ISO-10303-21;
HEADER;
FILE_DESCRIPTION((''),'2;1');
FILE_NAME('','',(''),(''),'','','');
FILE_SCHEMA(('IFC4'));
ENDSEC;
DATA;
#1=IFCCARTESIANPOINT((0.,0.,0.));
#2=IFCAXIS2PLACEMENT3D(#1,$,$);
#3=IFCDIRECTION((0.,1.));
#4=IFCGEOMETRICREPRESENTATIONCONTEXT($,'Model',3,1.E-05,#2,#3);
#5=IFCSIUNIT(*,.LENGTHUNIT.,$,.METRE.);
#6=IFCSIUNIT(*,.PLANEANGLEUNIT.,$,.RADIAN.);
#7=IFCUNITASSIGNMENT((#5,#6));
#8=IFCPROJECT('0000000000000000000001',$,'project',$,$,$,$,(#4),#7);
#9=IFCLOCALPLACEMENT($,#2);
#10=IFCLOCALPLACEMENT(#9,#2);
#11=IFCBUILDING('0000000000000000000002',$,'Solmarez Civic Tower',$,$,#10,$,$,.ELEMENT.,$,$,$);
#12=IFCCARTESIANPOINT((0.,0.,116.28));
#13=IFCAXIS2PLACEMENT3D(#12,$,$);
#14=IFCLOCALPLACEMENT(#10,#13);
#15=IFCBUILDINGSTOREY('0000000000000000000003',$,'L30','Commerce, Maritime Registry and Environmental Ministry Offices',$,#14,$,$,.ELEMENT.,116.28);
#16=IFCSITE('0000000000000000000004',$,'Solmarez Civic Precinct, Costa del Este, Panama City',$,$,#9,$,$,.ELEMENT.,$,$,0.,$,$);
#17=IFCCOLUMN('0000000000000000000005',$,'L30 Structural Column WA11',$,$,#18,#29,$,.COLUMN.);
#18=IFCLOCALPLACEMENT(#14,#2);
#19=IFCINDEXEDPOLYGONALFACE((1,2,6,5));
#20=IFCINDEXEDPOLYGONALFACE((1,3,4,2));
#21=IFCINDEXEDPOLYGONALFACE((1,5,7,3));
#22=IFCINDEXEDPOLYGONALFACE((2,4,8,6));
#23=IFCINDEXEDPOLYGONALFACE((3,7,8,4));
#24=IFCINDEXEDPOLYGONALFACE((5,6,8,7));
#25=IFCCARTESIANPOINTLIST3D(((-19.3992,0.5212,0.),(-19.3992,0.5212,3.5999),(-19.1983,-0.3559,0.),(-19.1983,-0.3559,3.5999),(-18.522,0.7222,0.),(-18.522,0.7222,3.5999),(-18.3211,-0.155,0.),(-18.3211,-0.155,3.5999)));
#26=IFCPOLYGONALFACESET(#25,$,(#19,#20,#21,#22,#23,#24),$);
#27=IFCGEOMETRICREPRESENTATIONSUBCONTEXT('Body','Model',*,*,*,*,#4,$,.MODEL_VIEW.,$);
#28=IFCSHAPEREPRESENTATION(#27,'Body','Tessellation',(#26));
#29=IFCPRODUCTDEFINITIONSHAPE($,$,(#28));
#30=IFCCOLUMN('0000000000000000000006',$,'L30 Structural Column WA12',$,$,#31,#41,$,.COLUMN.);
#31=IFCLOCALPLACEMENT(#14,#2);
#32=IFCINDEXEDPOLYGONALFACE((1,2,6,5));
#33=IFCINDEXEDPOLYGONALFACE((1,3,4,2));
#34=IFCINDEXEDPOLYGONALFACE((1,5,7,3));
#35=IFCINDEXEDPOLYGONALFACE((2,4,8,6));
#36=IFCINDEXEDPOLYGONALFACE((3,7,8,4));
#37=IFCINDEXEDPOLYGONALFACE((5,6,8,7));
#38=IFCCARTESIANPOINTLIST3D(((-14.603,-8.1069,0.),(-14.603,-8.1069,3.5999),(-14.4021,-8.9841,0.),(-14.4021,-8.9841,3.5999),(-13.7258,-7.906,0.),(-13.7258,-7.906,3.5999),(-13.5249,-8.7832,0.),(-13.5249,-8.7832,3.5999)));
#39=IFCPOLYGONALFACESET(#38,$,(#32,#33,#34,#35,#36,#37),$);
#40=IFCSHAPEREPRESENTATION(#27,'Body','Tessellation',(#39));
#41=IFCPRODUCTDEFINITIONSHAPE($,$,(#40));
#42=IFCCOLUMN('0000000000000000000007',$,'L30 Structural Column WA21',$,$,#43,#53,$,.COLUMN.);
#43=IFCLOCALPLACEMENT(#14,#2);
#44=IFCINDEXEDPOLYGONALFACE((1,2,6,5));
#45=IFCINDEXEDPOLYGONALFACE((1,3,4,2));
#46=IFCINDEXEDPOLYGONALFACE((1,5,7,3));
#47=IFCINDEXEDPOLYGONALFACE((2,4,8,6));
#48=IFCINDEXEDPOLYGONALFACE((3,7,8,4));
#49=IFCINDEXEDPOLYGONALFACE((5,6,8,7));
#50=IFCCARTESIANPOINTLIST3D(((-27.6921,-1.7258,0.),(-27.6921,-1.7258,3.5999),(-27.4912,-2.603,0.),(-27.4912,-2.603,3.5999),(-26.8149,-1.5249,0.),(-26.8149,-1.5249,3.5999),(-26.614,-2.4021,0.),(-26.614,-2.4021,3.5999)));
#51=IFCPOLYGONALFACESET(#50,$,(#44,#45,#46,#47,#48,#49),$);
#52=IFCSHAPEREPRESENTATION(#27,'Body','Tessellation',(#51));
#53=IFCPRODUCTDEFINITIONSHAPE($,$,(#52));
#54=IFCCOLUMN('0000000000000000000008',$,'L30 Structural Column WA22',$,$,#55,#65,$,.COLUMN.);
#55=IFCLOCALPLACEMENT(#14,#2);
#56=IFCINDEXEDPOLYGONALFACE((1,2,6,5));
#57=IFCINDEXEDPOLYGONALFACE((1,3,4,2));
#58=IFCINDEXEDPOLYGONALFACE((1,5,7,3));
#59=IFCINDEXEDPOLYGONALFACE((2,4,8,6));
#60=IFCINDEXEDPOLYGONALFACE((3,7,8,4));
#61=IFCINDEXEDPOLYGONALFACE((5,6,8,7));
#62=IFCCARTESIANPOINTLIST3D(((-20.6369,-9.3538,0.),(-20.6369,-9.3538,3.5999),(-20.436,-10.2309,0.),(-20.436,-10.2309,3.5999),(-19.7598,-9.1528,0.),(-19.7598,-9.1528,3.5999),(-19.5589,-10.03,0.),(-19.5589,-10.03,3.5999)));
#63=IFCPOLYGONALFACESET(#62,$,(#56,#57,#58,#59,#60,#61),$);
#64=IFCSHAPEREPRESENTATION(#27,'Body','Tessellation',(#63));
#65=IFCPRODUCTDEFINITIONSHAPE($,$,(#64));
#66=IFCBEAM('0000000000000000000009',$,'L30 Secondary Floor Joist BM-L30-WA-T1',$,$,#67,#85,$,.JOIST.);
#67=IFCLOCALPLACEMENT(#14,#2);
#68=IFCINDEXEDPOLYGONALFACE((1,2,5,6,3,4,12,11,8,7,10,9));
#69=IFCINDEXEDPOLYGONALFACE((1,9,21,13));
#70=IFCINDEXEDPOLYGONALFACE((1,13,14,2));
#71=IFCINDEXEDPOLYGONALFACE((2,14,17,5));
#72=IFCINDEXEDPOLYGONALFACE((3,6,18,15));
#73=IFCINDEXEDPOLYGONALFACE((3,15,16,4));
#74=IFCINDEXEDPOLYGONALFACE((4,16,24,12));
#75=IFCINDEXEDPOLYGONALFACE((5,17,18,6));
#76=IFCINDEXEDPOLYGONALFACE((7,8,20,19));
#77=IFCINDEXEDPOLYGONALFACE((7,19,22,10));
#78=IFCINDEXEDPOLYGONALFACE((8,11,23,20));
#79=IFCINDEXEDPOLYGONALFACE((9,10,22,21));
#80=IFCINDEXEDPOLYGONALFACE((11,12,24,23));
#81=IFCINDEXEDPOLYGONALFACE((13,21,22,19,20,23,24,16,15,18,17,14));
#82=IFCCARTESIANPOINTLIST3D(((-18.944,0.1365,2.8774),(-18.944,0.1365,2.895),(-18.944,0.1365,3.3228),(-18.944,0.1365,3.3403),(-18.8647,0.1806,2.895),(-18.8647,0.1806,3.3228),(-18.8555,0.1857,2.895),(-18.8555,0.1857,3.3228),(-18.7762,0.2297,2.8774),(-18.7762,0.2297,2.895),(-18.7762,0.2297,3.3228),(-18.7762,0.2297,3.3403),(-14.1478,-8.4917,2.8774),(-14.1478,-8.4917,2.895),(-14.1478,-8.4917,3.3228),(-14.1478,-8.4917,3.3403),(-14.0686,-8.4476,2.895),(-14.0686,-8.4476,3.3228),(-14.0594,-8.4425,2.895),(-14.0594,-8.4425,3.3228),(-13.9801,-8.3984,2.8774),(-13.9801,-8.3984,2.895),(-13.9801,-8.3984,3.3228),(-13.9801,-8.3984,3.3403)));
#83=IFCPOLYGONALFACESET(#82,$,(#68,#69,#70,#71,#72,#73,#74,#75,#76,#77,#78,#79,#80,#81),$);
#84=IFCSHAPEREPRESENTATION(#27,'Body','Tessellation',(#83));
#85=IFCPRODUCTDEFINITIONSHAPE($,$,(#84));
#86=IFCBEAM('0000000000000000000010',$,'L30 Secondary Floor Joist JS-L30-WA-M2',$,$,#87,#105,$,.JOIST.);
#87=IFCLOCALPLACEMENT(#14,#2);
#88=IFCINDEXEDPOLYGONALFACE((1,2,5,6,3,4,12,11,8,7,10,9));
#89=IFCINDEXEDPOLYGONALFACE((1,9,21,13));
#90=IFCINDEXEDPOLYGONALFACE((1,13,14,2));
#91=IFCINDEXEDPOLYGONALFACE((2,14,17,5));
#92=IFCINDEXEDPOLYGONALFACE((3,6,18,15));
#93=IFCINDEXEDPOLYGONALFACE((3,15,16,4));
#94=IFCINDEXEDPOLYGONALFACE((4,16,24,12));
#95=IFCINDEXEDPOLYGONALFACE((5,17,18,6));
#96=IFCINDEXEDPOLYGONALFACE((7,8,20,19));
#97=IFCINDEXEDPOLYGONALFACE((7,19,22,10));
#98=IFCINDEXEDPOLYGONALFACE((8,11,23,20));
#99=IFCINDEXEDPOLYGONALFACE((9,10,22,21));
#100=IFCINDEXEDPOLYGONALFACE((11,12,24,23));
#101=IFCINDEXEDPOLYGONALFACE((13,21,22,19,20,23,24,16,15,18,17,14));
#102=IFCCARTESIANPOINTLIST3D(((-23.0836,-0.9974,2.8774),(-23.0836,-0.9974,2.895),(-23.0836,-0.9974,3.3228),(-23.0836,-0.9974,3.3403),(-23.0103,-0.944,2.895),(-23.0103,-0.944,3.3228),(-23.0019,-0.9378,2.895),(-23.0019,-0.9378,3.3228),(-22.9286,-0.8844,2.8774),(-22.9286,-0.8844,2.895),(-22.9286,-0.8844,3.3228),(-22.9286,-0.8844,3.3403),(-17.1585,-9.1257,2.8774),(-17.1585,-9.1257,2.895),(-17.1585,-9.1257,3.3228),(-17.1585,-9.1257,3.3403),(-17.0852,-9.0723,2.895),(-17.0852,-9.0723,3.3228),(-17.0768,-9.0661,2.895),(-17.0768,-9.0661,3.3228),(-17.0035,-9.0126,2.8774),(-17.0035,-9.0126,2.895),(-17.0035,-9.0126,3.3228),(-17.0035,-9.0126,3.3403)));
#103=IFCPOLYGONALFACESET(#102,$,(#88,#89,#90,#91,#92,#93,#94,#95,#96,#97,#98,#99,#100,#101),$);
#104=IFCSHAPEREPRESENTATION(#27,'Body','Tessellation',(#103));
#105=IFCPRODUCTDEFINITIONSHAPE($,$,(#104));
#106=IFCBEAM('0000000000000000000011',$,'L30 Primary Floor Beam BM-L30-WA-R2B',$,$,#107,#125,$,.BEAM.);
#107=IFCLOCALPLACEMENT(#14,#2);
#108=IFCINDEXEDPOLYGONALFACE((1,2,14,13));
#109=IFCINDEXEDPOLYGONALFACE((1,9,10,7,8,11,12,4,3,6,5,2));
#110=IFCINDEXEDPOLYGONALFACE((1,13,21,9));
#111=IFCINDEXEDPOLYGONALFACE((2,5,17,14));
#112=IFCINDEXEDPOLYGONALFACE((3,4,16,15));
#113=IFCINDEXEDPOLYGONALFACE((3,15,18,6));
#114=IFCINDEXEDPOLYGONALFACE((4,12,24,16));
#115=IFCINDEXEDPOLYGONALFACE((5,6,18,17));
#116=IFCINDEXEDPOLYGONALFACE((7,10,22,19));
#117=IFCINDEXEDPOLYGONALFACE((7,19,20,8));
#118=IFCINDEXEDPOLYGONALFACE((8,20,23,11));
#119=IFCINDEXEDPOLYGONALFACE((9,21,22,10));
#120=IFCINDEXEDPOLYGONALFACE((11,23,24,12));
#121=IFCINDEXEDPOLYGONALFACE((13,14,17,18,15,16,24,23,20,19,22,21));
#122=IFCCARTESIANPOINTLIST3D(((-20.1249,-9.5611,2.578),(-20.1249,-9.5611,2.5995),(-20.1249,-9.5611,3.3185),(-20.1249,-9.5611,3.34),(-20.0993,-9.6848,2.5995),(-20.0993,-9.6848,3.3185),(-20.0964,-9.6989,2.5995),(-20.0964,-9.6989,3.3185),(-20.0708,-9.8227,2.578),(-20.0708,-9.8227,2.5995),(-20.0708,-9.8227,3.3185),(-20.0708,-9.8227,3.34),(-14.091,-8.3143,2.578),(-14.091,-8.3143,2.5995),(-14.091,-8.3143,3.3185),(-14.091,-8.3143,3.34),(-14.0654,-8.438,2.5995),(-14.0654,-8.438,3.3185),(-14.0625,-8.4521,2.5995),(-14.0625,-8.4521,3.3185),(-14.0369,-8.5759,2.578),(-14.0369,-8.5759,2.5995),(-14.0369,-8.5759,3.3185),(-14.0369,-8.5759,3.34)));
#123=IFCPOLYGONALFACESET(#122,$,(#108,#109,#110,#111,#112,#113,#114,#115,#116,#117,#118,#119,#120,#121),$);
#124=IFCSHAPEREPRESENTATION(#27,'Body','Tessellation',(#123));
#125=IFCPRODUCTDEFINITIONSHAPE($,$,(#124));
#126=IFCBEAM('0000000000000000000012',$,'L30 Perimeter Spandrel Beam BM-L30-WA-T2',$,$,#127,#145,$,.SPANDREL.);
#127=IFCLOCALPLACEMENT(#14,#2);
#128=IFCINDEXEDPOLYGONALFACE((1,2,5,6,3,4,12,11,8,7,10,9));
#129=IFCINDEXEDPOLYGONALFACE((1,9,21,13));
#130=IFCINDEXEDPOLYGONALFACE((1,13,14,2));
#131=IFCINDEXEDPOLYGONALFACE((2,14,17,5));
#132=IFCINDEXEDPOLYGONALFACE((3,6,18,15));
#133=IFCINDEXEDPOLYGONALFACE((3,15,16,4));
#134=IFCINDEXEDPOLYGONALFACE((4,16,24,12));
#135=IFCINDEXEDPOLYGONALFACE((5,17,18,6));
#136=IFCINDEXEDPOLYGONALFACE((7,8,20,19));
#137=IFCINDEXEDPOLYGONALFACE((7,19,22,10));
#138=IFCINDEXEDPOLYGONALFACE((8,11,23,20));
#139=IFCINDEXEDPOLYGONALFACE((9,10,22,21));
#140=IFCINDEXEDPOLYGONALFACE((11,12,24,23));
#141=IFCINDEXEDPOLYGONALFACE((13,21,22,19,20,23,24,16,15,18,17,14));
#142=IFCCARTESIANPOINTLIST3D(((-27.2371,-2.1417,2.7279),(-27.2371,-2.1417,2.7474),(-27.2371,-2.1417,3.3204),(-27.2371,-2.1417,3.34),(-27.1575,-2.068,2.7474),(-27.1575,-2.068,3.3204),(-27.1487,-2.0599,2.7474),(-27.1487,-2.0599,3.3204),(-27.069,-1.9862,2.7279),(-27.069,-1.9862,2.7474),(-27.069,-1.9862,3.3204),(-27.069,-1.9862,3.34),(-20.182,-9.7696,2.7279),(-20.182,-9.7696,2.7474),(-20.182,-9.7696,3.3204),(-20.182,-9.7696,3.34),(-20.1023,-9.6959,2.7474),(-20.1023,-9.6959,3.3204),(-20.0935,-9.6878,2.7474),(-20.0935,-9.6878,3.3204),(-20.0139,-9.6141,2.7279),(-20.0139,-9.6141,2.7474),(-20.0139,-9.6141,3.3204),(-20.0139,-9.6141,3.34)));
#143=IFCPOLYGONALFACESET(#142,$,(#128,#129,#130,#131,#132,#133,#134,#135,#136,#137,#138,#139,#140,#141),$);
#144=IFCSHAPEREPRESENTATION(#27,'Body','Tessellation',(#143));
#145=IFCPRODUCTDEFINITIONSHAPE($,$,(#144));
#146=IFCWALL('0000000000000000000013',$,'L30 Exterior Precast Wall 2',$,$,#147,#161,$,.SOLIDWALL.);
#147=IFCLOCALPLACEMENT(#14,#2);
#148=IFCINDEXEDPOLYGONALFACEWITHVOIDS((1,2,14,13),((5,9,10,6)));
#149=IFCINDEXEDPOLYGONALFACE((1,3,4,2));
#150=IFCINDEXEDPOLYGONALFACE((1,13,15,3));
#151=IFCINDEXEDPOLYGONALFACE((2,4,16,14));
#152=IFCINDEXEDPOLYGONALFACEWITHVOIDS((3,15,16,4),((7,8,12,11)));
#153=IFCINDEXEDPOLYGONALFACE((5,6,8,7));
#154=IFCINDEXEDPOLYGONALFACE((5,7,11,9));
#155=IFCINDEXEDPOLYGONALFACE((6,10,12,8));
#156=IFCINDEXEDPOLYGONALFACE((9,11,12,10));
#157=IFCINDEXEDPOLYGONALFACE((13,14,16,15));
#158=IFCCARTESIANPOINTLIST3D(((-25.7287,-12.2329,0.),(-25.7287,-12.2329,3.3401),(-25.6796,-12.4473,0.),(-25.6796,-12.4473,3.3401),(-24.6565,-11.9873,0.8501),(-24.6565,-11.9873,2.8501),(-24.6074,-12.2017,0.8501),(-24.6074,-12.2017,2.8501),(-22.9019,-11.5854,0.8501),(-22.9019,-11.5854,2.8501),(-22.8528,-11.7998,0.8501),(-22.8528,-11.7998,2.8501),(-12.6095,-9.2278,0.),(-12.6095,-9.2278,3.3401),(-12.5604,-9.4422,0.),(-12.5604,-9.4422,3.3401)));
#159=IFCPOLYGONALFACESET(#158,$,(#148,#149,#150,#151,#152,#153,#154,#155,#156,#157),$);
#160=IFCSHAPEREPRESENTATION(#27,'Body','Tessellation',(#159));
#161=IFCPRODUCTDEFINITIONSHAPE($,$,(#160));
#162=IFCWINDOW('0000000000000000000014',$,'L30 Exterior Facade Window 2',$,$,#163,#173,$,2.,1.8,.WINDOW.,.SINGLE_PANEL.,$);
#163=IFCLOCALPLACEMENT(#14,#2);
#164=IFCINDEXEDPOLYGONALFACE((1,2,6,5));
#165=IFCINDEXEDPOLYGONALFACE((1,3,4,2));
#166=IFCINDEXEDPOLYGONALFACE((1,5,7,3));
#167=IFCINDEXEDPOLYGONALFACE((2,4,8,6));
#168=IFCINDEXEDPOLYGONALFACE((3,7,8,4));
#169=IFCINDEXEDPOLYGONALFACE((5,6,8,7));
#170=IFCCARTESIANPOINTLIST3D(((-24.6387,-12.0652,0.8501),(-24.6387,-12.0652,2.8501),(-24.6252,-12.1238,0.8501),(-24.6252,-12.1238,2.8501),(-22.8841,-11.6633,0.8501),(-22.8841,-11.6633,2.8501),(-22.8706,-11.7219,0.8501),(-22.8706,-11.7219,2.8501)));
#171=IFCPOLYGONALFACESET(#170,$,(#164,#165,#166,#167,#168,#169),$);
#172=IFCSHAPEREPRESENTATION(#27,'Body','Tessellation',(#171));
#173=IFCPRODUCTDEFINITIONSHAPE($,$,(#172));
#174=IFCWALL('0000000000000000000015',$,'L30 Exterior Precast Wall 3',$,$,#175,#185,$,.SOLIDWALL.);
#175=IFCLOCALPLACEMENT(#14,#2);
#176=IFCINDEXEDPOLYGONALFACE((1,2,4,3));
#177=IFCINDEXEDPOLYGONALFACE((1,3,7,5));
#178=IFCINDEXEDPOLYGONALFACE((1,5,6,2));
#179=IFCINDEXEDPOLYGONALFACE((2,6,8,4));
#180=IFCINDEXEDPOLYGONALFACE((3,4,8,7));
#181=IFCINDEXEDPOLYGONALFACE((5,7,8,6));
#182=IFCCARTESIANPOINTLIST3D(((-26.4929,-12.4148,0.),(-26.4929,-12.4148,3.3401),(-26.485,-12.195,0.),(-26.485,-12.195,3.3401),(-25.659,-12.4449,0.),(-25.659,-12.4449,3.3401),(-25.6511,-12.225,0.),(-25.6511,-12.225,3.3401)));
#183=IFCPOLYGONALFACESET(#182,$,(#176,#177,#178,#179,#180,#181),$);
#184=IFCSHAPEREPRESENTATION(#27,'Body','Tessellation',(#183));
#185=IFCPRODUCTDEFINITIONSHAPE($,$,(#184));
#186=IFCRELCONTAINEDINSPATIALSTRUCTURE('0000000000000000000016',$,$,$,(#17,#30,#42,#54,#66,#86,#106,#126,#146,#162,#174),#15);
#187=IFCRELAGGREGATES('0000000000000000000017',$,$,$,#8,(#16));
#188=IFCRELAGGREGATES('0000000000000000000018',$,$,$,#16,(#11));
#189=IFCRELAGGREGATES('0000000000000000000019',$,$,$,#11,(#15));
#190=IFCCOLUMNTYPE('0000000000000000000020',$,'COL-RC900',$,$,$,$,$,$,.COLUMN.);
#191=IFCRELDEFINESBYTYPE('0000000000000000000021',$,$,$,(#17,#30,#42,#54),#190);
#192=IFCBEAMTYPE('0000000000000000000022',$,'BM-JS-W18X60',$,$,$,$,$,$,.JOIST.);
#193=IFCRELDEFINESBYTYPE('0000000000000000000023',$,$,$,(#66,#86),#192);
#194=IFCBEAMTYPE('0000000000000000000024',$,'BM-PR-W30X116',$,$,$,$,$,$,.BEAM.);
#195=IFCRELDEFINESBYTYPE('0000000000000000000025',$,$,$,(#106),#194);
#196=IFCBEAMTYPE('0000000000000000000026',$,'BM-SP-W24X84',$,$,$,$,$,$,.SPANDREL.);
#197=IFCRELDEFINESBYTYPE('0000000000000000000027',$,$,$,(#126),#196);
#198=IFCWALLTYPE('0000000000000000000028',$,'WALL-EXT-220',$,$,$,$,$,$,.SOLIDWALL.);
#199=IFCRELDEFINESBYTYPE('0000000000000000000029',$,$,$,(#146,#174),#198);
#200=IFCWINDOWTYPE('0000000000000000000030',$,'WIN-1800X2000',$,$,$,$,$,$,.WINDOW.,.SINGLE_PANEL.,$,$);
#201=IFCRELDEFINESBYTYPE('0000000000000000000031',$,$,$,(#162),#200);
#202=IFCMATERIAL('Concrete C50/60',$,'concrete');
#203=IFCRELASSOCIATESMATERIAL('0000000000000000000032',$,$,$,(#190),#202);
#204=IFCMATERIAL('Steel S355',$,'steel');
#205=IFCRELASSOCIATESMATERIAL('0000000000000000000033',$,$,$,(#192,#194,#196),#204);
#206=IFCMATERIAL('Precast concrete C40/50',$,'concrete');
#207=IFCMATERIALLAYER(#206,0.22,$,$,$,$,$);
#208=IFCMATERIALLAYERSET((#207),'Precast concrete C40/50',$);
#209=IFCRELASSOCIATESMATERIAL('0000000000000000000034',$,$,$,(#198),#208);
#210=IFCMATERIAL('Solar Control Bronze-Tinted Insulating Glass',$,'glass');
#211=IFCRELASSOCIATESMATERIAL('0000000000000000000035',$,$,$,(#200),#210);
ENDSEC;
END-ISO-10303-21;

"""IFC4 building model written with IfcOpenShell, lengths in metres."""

from ifc_helpers import new_model, si_unit, direction, frame, frame_2d, origin, origin_2d, place, context, subcontext, project, spatial, rectangle, i_section, extrude, material, layer, layer_set, material_profile, profile_set, type_object, element, fill, save


model = new_model("IFC4")

# Units and contexts
model_context = context("Model", 3, precision=1e-05, world=origin(), true_north=direction((0.0, 1.0)))
body_context = subcontext(model_context, "Body", "Model", "MODEL_VIEW")
ifc_project = project(units=[si_unit("LENGTHUNIT", "METRE"), si_unit("PLANEANGLEUNIT", "RADIAN")], contexts=[model_context])

# Site, building, storey
site_placement = place(None, origin())
site = spatial("IfcSite", under=ifc_project, at=site_placement, Name="Solmarez Civic Precinct, Costa del Este, Panama City", CompositionType="ELEMENT", RefElevation=0.0)
building_placement = place(site_placement, origin())
building = spatial("IfcBuilding", under=site, at=building_placement, Name="Solmarez Civic Tower", CompositionType="ELEMENT")
storey_placement = place(building_placement, frame((0.0, 0.0, 116.28)))
storey = spatial("IfcBuildingStorey", under=building, at=storey_placement, Name="L30", Description="Commerce, Maritime Registry and Environmental Ministry Offices", CompositionType="ELEMENT", Elevation=116.28)

# Columns
ifc_material_1 = material(Name="Concrete C50/60", Category="concrete")
ifc_material_profile_1 = material_profile(ifc_material_1, rectangle(XDim=0.8999, YDim=0.8999, at=origin_2d()), Name="RC900X900")
ifc_profile_set_1 = profile_set([ifc_material_profile_1], Name="Concrete C50/60")
column_type = type_object("IfcColumnType", Name="COL-RC900", PredefinedType="COLUMN", material=ifc_profile_set_1)
for number, where, z_axis, x_axis, name in (
    (1, (-18.8601, 0.1831, 0.0), (0.0, 0.0, 1.0), (0.974761, 0.22325, 0.0), "L30 Structural Column WA11"),
    (2, (-14.064, -8.4451, 0.0), (0.0, 0.0, 1.0), (0.974761, 0.22325, 0.0), "L30 Structural Column WA12"),
    (3, (-27.1531, -2.064, 0.0), (0.0, 0.0, 1.0), (0.974761, 0.22325, 0.0), "L30 Structural Column WA21"),
    (4, (-20.0979, -9.6919, 0.0), (0.0, 0.0, 1.0), (0.974761, 0.22325, 0.0), "L30 Structural Column WA22"),
):
    element("IfcColumn", number, at=place(storey_placement, frame(where, z_axis=z_axis, x_axis=x_axis)), inside=storey, type_object=column_type, Name=name, PredefinedType="COLUMN", context=body_context, shape_type="SweptSolid", body=[
        extrude(rectangle(XDim=0.8999, YDim=0.8999, at=origin_2d()), origin(), (0.0, 0.0, 1.0), 3.5999),
    ])

# Beams
ifc_material_2 = material(Name="Steel S355", Category="steel")
ifc_material_profile_2 = material_profile(ifc_material_2, i_section(OverallWidth=0.1919, OverallDepth=0.4629, WebThickness=0.0105, FlangeThickness=0.0176, at=origin_2d()), Name="W18X60")
ifc_profile_set_2 = profile_set([ifc_material_profile_2], Name="Steel S355")
beam_type_1 = type_object("IfcBeamType", Name="BM-JS-W18X60", PredefinedType="JOIST", material=ifc_profile_set_2)
beam_1_placement = place(storey_placement, frame((-18.8601, 0.1831, 3.1089), z_axis=(0.485853, -0.874041, 0.0), x_axis=(0.874041, 0.485853, 0.0)))
element("IfcBeam", 5, at=beam_1_placement, inside=storey, type_object=beam_type_1, Name="L30 Secondary Floor Joist BM-L30-WA-T1", PredefinedType="JOIST", context=body_context, shape_type="SweptSolid", body=[
    extrude(i_section(OverallWidth=0.1919, OverallDepth=0.4629, WebThickness=0.0105, FlangeThickness=0.0176, at=origin_2d()), origin(), (0.0, 0.0, 1.0), 9.8716),
])
beam_2_placement = place(storey_placement, frame((-23.0061, -0.9409, 3.1089), z_axis=(0.589059, -0.80809, 0.0), x_axis=(0.80809, 0.589059, 0.0)))
element("IfcBeam", 6, at=beam_2_placement, inside=storey, type_object=beam_type_1, Name="L30 Secondary Floor Joist JS-L30-WA-M2", PredefinedType="JOIST", context=body_context, shape_type="SweptSolid", body=[
    extrude(i_section(OverallWidth=0.1919, OverallDepth=0.4629, WebThickness=0.0105, FlangeThickness=0.0176, at=origin_2d()), origin(), (0.0, 0.0, 1.0), 10.0586),
])
ifc_material_profile_3 = material_profile(ifc_material_2, i_section(OverallWidth=0.2671, OverallDepth=0.762, WebThickness=0.0144, FlangeThickness=0.0215, at=origin_2d()), Name="W30X116")
ifc_profile_set_3 = profile_set([ifc_material_profile_3], Name="Steel S355")
beam_type_2 = type_object("IfcBeamType", Name="BM-PR-W30X116", PredefinedType="BEAM", material=ifc_profile_set_3)
beam_3_placement = place(storey_placement, frame((-14.064, -8.4451, 2.959), z_axis=(-0.979311, -0.202361, 0.0), x_axis=(0.202361, -0.979311, 0.0)))
element("IfcBeam", 7, at=beam_3_placement, inside=storey, type_object=beam_type_2, Name="L30 Primary Floor Beam BM-L30-WA-R2B", PredefinedType="BEAM", context=body_context, shape_type="SweptSolid", body=[
    extrude(i_section(OverallWidth=0.2671, OverallDepth=0.762, WebThickness=0.0144, FlangeThickness=0.0215, at=origin_2d()), origin(), (0.0, 0.0, 1.0), 6.1614),
])
ifc_material_profile_4 = material_profile(ifc_material_2, i_section(OverallWidth=0.229, OverallDepth=0.6121, WebThickness=0.012, FlangeThickness=0.0195, at=origin_2d()), Name="W24X84")
ifc_profile_set_4 = profile_set([ifc_material_profile_4], Name="Steel S355")
beam_type_3 = type_object("IfcBeamType", Name="BM-SP-W24X84", PredefinedType="SPANDREL", material=ifc_profile_set_4)
beam_4_placement = place(storey_placement, frame((-27.1531, -2.064, 3.0339), z_axis=(0.679008, -0.734131, 0.0), x_axis=(0.734131, 0.679008, 0.0)))
element("IfcBeam", 8, at=beam_4_placement, inside=storey, type_object=beam_type_3, Name="L30 Perimeter Spandrel Beam BM-L30-WA-T2", PredefinedType="SPANDREL", context=body_context, shape_type="SweptSolid", body=[
    extrude(i_section(OverallWidth=0.229, OverallDepth=0.6121, WebThickness=0.012, FlangeThickness=0.0195, at=origin_2d()), origin(), (0.0, 0.0, 1.0), 10.3904),
])

# Wall, opening, window
ifc_material_3 = material(Name="Precast concrete C40/50", Category="concrete")
ifc_layer_1 = layer(ifc_material_3, 0.22)
ifc_layer_set_1 = layer_set([ifc_layer_1], Name="Precast concrete C40/50")
wall_type_1 = type_object("IfcWallType", Name="WALL-EXT-220", PredefinedType="SOLIDWALL", material=ifc_layer_set_1)
wall_1_placement = place(storey_placement, frame((-12.585, -9.335, 0.0), z_axis=(0.0, 0.0, 1.0), x_axis=(-0.974754, -0.223281, 0.0)))
wall_1 = element("IfcWall", 9, at=wall_1_placement, inside=storey, type_object=wall_type_1, Name="L30 Exterior Precast Wall 2", PredefinedType="SOLIDWALL", context=body_context, shape_type="SweptSolid", body=[
    extrude(rectangle(XDim=13.459, YDim=0.22, at=frame_2d((6.7295, 0.0))), origin(), (0.0, 0.0, 1.0), 3.3401),
])
opening_1_placement = place(wall_1_placement, frame((10.5591, 0.0, 0.8501)))
opening_1 = element("IfcOpeningElement", 10, at=opening_1_placement, cuts=wall_1, PredefinedType="OPENING", context=body_context, shape_type="SweptSolid", body=[
    extrude(rectangle(XDim=1.8, YDim=2.0, at=frame_2d((0.8999, 1.0))), frame((0.0, 0.1199, 0.0), z_axis=(0.0, -1.0, 0.0), x_axis=(1.0, 0.0, 0.0)), (0.0, 0.0, 1.0), 0.24),
])
ifc_material_4 = material(Name="Solar Control Bronze-Tinted Insulating Glass", Category="glass")
window_type_1 = type_object("IfcWindowType", Name="WIN-1800X2000", PartitioningType="SINGLE_PANEL", PredefinedType="WINDOW", material=ifc_material_4)
window_1_placement = place(opening_1_placement, origin())
window_1 = element("IfcWindow", 11, at=window_1_placement, inside=storey, type_object=window_type_1, Name="L30 Exterior Facade Window 2", OverallHeight=2.0, OverallWidth=1.8, PartitioningType="SINGLE_PANEL", PredefinedType="WINDOW", context=body_context, shape_type="SweptSolid", body=[
    extrude(rectangle(XDim=1.8, YDim=2.0, at=frame_2d((0.8999, 1.0))), frame((0.0, 0.03, 0.0), z_axis=(0.0, -1.0, 0.0), x_axis=(1.0, 0.0, 0.0)), (0.0, 0.0, 1.0), 0.0601),
])
fill(opening_1, window_1)

# Wall
wall_2_placement = place(storey_placement, frame((-25.655, -12.335, 0.0), z_axis=(0.0, 0.0, 1.0), x_axis=(-0.999352, 0.035984, 0.0)))
element("IfcWall", 12, at=wall_2_placement, inside=storey, type_object=wall_type_1, Name="L30 Exterior Precast Wall 3", PredefinedType="SOLIDWALL", context=body_context, shape_type="SweptSolid", body=[
    extrude(rectangle(XDim=0.8345, YDim=0.22, at=frame_2d((0.4172, 0.0))), origin(), (0.0, 0.0, 1.0), 3.3401),
])

save(model, "model.ifc")
